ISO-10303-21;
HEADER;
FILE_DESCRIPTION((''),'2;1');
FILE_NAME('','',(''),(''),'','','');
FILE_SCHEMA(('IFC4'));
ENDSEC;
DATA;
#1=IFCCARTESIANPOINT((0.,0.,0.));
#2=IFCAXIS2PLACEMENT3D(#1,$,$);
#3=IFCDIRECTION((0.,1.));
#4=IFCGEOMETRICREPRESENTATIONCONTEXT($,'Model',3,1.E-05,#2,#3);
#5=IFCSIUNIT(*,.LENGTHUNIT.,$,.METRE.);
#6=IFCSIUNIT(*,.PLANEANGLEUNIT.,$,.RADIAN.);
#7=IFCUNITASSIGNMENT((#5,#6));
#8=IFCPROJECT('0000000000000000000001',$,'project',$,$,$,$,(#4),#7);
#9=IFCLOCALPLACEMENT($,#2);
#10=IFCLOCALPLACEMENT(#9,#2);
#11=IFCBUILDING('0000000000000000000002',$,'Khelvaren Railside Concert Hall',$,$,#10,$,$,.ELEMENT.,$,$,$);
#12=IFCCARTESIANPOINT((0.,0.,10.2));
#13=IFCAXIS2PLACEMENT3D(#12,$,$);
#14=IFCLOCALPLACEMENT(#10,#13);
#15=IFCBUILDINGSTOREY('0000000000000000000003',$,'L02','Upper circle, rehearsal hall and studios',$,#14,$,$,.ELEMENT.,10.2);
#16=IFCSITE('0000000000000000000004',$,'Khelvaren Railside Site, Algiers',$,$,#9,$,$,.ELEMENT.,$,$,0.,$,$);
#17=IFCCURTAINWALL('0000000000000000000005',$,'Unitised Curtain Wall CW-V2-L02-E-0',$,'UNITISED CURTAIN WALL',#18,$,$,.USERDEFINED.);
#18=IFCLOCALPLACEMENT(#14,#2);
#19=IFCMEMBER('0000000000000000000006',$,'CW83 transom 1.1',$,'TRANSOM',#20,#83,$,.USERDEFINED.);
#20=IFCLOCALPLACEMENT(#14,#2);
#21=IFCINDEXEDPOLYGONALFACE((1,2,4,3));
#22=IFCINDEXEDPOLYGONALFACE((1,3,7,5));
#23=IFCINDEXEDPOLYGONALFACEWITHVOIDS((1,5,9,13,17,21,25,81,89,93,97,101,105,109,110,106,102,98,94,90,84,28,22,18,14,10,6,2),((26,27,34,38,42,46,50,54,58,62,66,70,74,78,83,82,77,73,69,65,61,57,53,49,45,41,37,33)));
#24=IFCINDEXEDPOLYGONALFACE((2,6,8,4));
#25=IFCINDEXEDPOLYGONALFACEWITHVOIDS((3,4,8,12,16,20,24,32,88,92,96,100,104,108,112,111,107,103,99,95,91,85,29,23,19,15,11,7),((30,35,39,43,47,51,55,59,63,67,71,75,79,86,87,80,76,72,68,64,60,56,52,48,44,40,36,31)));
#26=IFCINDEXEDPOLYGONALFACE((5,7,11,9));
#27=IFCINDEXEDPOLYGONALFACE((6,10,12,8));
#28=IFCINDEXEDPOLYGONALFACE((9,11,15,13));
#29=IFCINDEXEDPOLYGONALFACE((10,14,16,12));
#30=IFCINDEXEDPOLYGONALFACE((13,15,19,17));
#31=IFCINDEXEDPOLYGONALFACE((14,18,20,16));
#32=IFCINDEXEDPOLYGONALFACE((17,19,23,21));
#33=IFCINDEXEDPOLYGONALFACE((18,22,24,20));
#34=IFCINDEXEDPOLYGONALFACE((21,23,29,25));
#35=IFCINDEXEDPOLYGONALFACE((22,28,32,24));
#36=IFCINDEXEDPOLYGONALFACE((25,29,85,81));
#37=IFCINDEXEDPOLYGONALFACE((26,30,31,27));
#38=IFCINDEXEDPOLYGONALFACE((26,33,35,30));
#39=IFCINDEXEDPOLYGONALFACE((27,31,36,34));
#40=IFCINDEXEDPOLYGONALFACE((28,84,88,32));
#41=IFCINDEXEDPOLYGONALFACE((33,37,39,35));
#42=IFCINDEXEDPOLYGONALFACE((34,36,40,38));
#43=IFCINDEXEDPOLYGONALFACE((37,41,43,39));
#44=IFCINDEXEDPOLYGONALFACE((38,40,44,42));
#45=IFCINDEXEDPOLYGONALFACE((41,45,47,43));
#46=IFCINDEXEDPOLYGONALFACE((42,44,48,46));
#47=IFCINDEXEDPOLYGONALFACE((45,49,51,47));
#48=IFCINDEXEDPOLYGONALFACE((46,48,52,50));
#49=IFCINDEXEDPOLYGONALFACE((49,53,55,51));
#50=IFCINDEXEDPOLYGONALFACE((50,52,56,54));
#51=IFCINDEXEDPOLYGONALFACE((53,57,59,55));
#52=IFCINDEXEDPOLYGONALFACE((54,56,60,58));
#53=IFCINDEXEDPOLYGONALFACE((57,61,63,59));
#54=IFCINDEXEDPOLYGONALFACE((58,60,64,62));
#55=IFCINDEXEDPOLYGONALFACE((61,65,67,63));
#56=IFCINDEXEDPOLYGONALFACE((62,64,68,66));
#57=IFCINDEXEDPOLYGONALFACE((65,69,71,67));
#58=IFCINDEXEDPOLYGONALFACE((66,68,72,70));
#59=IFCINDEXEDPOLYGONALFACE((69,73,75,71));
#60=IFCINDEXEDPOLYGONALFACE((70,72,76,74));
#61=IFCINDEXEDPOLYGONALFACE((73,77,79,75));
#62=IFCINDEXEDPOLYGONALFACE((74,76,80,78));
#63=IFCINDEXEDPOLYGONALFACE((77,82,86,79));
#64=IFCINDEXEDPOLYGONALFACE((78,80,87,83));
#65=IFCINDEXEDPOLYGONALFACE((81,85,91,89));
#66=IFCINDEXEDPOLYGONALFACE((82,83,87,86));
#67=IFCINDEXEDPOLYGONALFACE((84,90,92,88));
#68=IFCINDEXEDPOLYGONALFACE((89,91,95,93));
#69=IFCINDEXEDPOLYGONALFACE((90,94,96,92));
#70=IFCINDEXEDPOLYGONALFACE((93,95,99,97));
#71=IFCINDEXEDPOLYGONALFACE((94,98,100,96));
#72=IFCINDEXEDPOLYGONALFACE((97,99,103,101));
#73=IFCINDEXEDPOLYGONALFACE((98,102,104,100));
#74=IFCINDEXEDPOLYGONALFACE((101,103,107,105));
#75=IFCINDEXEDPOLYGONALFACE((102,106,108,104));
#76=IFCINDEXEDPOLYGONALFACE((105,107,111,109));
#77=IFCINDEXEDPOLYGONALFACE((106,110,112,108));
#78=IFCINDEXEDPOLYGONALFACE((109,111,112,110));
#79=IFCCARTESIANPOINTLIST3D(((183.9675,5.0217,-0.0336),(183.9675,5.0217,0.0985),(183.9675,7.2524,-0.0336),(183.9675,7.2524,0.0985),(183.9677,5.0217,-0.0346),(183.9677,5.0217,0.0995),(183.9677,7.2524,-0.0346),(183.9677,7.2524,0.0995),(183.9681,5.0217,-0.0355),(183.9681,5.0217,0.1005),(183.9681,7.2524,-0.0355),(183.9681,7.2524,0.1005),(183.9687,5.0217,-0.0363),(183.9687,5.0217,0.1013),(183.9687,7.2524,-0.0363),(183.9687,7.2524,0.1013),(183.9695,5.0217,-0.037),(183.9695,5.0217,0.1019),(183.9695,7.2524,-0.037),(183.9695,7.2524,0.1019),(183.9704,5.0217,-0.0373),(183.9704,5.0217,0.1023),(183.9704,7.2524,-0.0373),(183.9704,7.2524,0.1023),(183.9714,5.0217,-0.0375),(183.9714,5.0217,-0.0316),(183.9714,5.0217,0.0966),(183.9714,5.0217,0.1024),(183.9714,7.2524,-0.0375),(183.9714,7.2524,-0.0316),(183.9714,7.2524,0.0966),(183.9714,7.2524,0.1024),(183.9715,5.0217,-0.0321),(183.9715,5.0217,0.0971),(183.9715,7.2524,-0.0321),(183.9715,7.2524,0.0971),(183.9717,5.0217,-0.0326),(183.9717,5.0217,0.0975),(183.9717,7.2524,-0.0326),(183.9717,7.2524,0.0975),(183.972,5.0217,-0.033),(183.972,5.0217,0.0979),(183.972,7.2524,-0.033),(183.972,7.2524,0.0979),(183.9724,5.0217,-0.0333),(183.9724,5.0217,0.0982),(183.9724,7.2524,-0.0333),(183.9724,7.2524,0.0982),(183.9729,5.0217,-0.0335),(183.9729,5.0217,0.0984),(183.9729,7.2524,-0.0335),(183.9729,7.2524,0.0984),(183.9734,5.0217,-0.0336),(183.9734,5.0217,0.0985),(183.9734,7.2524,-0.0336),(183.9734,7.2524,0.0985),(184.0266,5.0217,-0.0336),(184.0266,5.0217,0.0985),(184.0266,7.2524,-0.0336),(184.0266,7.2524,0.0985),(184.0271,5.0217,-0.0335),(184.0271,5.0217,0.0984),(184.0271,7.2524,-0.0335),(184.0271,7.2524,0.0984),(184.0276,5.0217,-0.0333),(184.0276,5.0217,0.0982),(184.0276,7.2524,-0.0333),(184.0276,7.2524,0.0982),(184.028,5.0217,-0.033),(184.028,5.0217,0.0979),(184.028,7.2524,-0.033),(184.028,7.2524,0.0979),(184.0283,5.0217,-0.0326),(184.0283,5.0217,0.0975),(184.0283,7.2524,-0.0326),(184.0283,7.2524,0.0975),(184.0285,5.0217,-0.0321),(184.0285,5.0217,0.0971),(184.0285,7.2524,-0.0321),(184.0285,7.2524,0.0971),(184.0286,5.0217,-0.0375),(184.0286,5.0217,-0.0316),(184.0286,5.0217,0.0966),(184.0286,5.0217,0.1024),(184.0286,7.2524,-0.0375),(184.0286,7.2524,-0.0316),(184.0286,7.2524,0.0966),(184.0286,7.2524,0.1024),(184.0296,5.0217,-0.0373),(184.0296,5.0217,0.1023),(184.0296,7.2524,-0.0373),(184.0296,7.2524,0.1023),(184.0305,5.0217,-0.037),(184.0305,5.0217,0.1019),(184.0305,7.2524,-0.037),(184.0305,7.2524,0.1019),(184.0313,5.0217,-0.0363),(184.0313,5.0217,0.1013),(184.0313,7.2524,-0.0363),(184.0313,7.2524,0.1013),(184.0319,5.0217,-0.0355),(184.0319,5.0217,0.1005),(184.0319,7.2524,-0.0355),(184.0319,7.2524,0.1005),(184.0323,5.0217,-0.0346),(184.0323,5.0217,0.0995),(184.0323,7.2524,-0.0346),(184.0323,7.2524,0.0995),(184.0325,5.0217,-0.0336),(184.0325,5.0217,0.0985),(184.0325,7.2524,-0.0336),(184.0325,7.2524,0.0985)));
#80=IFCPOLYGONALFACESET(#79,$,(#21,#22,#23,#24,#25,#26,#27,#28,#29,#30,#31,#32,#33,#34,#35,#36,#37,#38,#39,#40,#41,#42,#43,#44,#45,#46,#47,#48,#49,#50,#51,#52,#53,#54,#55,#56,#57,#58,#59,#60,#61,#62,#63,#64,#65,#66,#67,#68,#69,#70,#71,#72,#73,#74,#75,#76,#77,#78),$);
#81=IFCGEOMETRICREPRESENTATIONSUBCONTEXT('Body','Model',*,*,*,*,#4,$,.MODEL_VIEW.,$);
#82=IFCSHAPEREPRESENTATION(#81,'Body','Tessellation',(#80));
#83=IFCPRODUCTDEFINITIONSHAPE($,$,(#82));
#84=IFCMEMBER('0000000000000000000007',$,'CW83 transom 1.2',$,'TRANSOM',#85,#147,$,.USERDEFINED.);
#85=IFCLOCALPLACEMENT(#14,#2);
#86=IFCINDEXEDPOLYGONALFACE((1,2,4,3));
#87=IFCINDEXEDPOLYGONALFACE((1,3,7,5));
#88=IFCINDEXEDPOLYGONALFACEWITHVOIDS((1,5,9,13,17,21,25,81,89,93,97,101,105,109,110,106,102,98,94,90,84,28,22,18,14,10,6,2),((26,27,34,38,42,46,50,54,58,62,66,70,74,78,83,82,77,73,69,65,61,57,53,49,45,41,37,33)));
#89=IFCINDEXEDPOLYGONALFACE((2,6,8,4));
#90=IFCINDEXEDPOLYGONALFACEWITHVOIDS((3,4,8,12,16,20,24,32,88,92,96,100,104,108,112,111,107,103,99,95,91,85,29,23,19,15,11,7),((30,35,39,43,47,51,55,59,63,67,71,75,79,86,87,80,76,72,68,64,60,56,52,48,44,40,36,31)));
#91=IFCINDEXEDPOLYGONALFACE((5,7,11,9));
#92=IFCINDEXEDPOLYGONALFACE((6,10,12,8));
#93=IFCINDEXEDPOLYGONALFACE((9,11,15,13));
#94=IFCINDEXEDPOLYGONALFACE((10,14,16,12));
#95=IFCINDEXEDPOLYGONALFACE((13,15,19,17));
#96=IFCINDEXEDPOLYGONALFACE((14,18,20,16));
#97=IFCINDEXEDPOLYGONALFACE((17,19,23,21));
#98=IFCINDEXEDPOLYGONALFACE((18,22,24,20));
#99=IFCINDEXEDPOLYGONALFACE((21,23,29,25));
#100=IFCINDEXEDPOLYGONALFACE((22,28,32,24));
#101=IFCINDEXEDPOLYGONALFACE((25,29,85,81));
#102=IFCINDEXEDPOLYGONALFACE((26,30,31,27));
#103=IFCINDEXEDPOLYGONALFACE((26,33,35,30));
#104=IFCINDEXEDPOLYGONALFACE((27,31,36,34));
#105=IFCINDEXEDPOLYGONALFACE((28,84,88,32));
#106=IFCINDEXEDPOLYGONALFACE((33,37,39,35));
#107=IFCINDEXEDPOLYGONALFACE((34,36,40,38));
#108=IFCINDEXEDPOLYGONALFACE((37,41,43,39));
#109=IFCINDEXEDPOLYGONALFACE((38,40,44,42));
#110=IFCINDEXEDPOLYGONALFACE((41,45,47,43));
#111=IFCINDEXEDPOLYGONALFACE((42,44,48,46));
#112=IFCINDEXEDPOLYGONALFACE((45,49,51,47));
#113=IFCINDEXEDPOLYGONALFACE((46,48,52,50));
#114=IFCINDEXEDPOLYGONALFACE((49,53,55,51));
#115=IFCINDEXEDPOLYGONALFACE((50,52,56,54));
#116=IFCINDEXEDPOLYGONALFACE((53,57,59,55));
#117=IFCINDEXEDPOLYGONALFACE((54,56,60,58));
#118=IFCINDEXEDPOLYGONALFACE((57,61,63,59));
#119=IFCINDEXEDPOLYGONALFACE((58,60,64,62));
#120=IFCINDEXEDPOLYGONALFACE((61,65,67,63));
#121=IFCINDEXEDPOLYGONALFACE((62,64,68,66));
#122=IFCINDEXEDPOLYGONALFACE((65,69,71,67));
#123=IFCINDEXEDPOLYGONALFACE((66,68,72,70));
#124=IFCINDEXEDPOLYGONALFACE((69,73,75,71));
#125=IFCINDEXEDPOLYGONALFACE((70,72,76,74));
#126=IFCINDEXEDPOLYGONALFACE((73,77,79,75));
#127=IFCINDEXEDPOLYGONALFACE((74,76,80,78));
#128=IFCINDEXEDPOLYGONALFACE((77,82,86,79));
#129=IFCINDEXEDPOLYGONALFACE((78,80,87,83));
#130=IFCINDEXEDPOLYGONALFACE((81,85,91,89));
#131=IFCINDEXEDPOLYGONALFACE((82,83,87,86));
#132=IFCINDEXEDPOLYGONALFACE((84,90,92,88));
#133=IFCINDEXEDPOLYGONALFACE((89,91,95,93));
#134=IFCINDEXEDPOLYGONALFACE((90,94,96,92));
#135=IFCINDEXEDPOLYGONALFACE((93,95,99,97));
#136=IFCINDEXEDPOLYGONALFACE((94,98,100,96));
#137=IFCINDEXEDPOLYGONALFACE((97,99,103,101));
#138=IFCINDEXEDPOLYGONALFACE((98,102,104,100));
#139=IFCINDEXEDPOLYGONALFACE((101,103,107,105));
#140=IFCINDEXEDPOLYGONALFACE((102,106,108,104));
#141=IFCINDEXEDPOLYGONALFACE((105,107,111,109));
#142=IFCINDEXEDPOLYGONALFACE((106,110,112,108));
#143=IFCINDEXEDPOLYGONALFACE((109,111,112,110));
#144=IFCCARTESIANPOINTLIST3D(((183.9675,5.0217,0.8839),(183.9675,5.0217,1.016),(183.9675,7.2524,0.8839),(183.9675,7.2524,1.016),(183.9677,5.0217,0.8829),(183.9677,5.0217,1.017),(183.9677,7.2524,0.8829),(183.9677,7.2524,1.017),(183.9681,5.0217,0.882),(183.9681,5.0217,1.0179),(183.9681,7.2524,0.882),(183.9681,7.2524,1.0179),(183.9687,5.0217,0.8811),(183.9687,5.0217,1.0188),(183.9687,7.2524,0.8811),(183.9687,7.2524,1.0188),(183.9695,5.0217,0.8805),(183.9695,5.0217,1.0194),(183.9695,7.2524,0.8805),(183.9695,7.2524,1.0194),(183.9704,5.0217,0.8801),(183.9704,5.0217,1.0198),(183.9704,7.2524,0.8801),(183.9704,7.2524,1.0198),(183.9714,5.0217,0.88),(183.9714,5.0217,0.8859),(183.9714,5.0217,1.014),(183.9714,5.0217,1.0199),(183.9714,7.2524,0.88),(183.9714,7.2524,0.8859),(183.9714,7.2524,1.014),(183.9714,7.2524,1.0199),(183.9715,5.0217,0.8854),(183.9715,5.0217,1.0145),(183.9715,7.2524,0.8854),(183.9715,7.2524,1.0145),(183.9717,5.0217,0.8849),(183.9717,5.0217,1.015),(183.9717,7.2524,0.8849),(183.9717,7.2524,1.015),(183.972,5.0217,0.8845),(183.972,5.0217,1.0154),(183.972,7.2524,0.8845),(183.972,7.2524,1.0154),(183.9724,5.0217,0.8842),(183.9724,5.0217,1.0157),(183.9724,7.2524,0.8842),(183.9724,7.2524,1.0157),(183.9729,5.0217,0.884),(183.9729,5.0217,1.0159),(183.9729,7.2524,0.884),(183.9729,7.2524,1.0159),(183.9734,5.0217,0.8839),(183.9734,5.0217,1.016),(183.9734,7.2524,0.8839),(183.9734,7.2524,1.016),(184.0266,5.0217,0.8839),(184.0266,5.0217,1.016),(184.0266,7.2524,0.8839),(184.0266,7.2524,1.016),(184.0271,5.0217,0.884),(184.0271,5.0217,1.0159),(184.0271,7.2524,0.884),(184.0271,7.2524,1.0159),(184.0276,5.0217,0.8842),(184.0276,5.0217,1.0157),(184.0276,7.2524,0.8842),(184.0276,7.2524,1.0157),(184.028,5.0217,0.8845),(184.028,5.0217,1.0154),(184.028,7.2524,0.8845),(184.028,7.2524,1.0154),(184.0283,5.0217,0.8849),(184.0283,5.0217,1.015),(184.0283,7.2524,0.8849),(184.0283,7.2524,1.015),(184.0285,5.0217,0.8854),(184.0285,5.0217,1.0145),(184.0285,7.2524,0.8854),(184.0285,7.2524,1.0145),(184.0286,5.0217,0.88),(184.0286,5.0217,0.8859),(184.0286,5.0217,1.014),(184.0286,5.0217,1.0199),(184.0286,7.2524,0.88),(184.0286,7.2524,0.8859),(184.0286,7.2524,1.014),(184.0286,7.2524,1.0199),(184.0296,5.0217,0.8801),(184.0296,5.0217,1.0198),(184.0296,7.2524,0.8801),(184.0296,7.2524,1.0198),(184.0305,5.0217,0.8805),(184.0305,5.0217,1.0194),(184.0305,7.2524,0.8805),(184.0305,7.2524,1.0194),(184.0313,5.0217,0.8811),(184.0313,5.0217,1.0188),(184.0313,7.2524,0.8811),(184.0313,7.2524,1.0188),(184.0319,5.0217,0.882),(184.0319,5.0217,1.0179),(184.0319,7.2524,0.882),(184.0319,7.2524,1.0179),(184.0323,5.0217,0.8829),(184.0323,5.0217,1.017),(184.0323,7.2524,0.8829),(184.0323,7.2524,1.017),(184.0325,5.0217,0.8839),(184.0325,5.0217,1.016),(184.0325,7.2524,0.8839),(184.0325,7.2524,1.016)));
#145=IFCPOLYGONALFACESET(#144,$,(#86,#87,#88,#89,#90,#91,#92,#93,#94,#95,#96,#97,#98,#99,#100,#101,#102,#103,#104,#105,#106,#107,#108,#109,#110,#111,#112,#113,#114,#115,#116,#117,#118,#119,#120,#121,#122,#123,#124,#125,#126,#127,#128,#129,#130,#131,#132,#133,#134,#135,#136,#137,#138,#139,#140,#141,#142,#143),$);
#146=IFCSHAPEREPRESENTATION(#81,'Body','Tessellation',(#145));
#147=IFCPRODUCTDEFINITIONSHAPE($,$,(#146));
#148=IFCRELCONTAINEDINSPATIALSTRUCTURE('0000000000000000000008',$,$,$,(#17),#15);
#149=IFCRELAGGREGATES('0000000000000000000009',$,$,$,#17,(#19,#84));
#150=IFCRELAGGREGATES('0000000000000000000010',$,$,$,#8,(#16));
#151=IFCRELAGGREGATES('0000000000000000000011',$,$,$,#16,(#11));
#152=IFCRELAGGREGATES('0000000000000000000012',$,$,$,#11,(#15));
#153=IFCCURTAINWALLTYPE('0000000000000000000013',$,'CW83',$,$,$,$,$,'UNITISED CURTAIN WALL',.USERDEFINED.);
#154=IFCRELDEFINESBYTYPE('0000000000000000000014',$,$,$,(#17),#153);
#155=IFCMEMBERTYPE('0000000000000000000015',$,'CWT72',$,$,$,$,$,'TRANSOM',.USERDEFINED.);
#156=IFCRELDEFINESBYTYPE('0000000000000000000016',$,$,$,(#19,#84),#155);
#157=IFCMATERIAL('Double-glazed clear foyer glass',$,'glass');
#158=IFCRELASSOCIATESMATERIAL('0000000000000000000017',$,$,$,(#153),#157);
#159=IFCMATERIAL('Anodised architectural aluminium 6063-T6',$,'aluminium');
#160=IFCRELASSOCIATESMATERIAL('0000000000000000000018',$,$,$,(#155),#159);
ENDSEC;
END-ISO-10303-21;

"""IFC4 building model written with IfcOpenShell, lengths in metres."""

from ifc_helpers import new_model, si_unit, direction, frame, origin, origin_2d, place, context, subcontext, project, spatial, hollow_rectangle, extrude, material, material_profile, profile_set, type_object, element, aggregate, save


model = new_model("IFC4")

# Units and contexts
model_context = context("Model", 3, precision=1e-05, world=origin(), true_north=direction((0.0, 1.0)))
body_context = subcontext(model_context, "Body", "Model", "MODEL_VIEW")
ifc_project = project(units=[si_unit("LENGTHUNIT", "METRE"), si_unit("PLANEANGLEUNIT", "RADIAN")], contexts=[model_context])

# Site, building, storey
site_placement = place(None, origin())
site = spatial("IfcSite", under=ifc_project, at=site_placement, Name="Khelvaren Railside Site, Algiers", CompositionType="ELEMENT", RefElevation=0.0)
building_placement = place(site_placement, origin())
building = spatial("IfcBuilding", under=site, at=building_placement, Name="Khelvaren Railside Concert Hall", CompositionType="ELEMENT")
storey_placement = place(building_placement, frame((0.0, 0.0, 10.2)))
storey = spatial("IfcBuildingStorey", under=building, at=storey_placement, Name="L02", Description="Upper circle, rehearsal hall and studios", CompositionType="ELEMENT", Elevation=10.2)

# Curtain wall
ifc_material_1 = material(Name="Double-glazed clear foyer glass", Category="glass")
curtain_wall_type_1 = type_object("IfcCurtainWallType", Name="CW83", ElementType="UNITISED CURTAIN WALL", PredefinedType="USERDEFINED", material=ifc_material_1)
curtain_wall_1_placement = place(storey_placement, origin())
curtain_wall_1 = element("IfcCurtainWall", 1, at=curtain_wall_1_placement, inside=storey, type_object=curtain_wall_type_1, Name="Unitised Curtain Wall CW-V2-L02-E-0", ObjectType="UNITISED CURTAIN WALL", PredefinedType="USERDEFINED")
ifc_material_2 = material(Name="Anodised architectural aluminium 6063-T6", Category="aluminium")

# Members
ifc_material_profile_1 = material_profile(ifc_material_2, hollow_rectangle(XDim=0.0649, YDim=0.1399, WallThickness=0.0039, InnerFilletRadius=0.002, OuterFilletRadius=0.0039, at=origin_2d()), Name="CWT 65x140x4")
ifc_profile_set_1 = profile_set([ifc_material_profile_1], Name="Anodised architectural aluminium 6063-T6")
member_type_1 = type_object("IfcMemberType", Name="CWT72", ElementType="TRANSOM", PredefinedType="USERDEFINED", material=ifc_profile_set_1)
member_1_placement = place(storey_placement, frame((184.0, 7.2524, 0.0325), z_axis=(0.0, -1.0, 0.0), x_axis=(1.0, 0.0, 0.0)))
member_1 = element("IfcMember", 2, at=member_1_placement, type_object=member_type_1, Name="CW83 transom 1.1", ObjectType="TRANSOM", PredefinedType="USERDEFINED", context=body_context, shape_type="SweptSolid", body=[
    extrude(hollow_rectangle(XDim=0.0649, YDim=0.1399, WallThickness=0.0039, InnerFilletRadius=0.002, OuterFilletRadius=0.0039, at=origin_2d()), origin(), (0.0, 0.0, 1.0), 2.2307),
])
member_2_placement = place(storey_placement, frame((184.0, 7.2524, 0.95), z_axis=(0.0, -1.0, 0.0), x_axis=(1.0, 0.0, 0.0)))
member_2 = element("IfcMember", 3, at=member_2_placement, type_object=member_type_1, Name="CW83 transom 1.2", ObjectType="TRANSOM", PredefinedType="USERDEFINED", context=body_context, shape_type="SweptSolid", body=[
    extrude(hollow_rectangle(XDim=0.0649, YDim=0.1399, WallThickness=0.0039, InnerFilletRadius=0.002, OuterFilletRadius=0.0039, at=origin_2d()), origin(), (0.0, 0.0, 1.0), 2.2307),
])

aggregate(curtain_wall_1, [member_1, member_2])

save(model, "model.ifc")
